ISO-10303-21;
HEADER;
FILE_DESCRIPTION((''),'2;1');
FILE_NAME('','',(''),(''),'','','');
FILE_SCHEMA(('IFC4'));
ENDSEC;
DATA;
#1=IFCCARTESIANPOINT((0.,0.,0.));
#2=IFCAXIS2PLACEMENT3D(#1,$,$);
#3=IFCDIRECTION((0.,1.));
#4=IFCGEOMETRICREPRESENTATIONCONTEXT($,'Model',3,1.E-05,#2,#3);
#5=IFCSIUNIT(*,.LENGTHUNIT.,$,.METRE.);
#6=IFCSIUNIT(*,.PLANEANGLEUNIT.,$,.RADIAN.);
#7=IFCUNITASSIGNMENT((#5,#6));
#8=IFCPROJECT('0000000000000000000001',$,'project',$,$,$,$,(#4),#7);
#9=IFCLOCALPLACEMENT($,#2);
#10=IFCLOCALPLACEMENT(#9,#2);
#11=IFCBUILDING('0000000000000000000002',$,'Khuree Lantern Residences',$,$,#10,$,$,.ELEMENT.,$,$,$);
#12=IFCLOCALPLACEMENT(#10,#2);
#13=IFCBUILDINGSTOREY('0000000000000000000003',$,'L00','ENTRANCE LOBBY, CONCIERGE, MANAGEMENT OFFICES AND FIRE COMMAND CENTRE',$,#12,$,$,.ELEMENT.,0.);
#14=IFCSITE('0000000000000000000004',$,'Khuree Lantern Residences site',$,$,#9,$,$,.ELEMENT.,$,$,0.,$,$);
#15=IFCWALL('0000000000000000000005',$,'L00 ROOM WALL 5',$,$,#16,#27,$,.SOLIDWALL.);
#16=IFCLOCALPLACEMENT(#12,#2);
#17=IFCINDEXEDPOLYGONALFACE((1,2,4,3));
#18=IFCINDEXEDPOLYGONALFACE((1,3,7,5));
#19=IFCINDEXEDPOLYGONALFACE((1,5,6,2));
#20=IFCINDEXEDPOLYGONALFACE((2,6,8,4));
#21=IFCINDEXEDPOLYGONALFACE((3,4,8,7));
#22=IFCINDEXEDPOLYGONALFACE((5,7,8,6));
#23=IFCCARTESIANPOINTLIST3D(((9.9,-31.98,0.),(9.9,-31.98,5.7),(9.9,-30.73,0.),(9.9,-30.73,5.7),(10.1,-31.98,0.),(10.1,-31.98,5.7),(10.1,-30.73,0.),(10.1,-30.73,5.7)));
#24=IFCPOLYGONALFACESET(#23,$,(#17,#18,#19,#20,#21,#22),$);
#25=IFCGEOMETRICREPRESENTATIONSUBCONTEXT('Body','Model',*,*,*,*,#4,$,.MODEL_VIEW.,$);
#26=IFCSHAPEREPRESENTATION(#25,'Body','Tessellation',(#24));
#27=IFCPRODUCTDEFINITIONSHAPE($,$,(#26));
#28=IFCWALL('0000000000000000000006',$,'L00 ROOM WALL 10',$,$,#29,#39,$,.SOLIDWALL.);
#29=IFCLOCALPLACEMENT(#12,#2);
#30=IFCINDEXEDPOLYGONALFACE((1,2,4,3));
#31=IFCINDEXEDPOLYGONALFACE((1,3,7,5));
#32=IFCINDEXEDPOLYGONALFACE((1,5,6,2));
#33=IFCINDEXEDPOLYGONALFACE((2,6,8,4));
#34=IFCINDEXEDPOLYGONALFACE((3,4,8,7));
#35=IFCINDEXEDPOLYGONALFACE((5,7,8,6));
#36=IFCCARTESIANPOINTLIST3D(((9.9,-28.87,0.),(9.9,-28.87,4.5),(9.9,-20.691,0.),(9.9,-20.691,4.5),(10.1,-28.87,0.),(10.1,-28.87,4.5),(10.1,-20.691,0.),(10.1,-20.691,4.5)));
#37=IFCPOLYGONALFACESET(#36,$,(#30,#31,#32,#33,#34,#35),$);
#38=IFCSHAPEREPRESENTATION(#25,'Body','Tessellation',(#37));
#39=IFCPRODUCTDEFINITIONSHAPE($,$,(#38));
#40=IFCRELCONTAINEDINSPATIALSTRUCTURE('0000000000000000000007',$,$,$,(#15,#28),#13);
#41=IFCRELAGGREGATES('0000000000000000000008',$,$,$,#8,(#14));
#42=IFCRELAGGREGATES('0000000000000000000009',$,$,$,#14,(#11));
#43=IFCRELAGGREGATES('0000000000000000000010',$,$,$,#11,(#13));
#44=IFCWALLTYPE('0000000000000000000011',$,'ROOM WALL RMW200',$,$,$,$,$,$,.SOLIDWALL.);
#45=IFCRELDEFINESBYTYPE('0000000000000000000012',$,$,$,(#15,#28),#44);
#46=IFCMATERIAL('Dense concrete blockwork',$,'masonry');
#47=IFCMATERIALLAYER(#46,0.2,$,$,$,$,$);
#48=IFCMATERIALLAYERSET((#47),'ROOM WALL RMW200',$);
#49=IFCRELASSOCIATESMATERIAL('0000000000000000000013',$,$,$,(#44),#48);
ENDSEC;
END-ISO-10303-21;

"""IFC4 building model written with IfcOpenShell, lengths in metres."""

from ifc_helpers import new_model, si_unit, direction, frame, frame_2d, origin, place, context, subcontext, project, spatial, rectangle, extrude, material, layer, layer_set, type_object, element, save


model = new_model("IFC4")

# Units and contexts
model_context = context("Model", 3, precision=1e-05, world=origin(), true_north=direction((0.0, 1.0)))
body_context = subcontext(model_context, "Body", "Model", "MODEL_VIEW")
ifc_project = project(units=[si_unit("LENGTHUNIT", "METRE"), si_unit("PLANEANGLEUNIT", "RADIAN")], contexts=[model_context])

# Site, building, storey
site_placement = place(None, origin())
site = spatial("IfcSite", under=ifc_project, at=site_placement, Name="Khuree Lantern Residences site", CompositionType="ELEMENT", RefElevation=0.0)
building_placement = place(site_placement, origin())
building = spatial("IfcBuilding", under=site, at=building_placement, Name="Khuree Lantern Residences", CompositionType="ELEMENT")
storey_placement = place(building_placement, origin())
storey = spatial("IfcBuildingStorey", under=building, at=storey_placement, Name="L00", Description="ENTRANCE LOBBY, CONCIERGE, MANAGEMENT OFFICES AND FIRE COMMAND CENTRE", CompositionType="ELEMENT", Elevation=0.0)

# Walls
ifc_material_1 = material(Name="Dense concrete blockwork", Category="masonry")
ifc_layer_1 = layer(ifc_material_1, 0.2)
ifc_layer_set_1 = layer_set([ifc_layer_1], Name="ROOM WALL RMW200")
wall_type_1 = type_object("IfcWallType", Name="ROOM WALL RMW200", PredefinedType="SOLIDWALL", material=ifc_layer_set_1)
wall_1_placement = place(storey_placement, frame((10.0, -31.98, 0.0), z_axis=(0.0, 0.0, 1.0), x_axis=(0.0, 1.0, 0.0)))
element("IfcWall", 1, at=wall_1_placement, inside=storey, type_object=wall_type_1, Name="L00 ROOM WALL 5", PredefinedType="SOLIDWALL", context=body_context, shape_type="SweptSolid", body=[
    extrude(rectangle(XDim=1.25, YDim=0.2, at=frame_2d((0.625, 0.0))), origin(), (0.0, 0.0, 1.0), 5.7),
])
wall_2_placement = place(storey_placement, frame((10.0, -28.8699, 0.0), z_axis=(0.0, 0.0, 1.0), x_axis=(0.0, 1.0, 0.0)))
element("IfcWall", 2, at=wall_2_placement, inside=storey, type_object=wall_type_1, Name="L00 ROOM WALL 10", PredefinedType="SOLIDWALL", context=body_context, shape_type="SweptSolid", body=[
    extrude(rectangle(XDim=8.179, YDim=0.2, at=frame_2d((4.0894, 0.0))), origin(), (0.0, 0.0, 1.0), 4.5),
])

save(model, "model.ifc")
